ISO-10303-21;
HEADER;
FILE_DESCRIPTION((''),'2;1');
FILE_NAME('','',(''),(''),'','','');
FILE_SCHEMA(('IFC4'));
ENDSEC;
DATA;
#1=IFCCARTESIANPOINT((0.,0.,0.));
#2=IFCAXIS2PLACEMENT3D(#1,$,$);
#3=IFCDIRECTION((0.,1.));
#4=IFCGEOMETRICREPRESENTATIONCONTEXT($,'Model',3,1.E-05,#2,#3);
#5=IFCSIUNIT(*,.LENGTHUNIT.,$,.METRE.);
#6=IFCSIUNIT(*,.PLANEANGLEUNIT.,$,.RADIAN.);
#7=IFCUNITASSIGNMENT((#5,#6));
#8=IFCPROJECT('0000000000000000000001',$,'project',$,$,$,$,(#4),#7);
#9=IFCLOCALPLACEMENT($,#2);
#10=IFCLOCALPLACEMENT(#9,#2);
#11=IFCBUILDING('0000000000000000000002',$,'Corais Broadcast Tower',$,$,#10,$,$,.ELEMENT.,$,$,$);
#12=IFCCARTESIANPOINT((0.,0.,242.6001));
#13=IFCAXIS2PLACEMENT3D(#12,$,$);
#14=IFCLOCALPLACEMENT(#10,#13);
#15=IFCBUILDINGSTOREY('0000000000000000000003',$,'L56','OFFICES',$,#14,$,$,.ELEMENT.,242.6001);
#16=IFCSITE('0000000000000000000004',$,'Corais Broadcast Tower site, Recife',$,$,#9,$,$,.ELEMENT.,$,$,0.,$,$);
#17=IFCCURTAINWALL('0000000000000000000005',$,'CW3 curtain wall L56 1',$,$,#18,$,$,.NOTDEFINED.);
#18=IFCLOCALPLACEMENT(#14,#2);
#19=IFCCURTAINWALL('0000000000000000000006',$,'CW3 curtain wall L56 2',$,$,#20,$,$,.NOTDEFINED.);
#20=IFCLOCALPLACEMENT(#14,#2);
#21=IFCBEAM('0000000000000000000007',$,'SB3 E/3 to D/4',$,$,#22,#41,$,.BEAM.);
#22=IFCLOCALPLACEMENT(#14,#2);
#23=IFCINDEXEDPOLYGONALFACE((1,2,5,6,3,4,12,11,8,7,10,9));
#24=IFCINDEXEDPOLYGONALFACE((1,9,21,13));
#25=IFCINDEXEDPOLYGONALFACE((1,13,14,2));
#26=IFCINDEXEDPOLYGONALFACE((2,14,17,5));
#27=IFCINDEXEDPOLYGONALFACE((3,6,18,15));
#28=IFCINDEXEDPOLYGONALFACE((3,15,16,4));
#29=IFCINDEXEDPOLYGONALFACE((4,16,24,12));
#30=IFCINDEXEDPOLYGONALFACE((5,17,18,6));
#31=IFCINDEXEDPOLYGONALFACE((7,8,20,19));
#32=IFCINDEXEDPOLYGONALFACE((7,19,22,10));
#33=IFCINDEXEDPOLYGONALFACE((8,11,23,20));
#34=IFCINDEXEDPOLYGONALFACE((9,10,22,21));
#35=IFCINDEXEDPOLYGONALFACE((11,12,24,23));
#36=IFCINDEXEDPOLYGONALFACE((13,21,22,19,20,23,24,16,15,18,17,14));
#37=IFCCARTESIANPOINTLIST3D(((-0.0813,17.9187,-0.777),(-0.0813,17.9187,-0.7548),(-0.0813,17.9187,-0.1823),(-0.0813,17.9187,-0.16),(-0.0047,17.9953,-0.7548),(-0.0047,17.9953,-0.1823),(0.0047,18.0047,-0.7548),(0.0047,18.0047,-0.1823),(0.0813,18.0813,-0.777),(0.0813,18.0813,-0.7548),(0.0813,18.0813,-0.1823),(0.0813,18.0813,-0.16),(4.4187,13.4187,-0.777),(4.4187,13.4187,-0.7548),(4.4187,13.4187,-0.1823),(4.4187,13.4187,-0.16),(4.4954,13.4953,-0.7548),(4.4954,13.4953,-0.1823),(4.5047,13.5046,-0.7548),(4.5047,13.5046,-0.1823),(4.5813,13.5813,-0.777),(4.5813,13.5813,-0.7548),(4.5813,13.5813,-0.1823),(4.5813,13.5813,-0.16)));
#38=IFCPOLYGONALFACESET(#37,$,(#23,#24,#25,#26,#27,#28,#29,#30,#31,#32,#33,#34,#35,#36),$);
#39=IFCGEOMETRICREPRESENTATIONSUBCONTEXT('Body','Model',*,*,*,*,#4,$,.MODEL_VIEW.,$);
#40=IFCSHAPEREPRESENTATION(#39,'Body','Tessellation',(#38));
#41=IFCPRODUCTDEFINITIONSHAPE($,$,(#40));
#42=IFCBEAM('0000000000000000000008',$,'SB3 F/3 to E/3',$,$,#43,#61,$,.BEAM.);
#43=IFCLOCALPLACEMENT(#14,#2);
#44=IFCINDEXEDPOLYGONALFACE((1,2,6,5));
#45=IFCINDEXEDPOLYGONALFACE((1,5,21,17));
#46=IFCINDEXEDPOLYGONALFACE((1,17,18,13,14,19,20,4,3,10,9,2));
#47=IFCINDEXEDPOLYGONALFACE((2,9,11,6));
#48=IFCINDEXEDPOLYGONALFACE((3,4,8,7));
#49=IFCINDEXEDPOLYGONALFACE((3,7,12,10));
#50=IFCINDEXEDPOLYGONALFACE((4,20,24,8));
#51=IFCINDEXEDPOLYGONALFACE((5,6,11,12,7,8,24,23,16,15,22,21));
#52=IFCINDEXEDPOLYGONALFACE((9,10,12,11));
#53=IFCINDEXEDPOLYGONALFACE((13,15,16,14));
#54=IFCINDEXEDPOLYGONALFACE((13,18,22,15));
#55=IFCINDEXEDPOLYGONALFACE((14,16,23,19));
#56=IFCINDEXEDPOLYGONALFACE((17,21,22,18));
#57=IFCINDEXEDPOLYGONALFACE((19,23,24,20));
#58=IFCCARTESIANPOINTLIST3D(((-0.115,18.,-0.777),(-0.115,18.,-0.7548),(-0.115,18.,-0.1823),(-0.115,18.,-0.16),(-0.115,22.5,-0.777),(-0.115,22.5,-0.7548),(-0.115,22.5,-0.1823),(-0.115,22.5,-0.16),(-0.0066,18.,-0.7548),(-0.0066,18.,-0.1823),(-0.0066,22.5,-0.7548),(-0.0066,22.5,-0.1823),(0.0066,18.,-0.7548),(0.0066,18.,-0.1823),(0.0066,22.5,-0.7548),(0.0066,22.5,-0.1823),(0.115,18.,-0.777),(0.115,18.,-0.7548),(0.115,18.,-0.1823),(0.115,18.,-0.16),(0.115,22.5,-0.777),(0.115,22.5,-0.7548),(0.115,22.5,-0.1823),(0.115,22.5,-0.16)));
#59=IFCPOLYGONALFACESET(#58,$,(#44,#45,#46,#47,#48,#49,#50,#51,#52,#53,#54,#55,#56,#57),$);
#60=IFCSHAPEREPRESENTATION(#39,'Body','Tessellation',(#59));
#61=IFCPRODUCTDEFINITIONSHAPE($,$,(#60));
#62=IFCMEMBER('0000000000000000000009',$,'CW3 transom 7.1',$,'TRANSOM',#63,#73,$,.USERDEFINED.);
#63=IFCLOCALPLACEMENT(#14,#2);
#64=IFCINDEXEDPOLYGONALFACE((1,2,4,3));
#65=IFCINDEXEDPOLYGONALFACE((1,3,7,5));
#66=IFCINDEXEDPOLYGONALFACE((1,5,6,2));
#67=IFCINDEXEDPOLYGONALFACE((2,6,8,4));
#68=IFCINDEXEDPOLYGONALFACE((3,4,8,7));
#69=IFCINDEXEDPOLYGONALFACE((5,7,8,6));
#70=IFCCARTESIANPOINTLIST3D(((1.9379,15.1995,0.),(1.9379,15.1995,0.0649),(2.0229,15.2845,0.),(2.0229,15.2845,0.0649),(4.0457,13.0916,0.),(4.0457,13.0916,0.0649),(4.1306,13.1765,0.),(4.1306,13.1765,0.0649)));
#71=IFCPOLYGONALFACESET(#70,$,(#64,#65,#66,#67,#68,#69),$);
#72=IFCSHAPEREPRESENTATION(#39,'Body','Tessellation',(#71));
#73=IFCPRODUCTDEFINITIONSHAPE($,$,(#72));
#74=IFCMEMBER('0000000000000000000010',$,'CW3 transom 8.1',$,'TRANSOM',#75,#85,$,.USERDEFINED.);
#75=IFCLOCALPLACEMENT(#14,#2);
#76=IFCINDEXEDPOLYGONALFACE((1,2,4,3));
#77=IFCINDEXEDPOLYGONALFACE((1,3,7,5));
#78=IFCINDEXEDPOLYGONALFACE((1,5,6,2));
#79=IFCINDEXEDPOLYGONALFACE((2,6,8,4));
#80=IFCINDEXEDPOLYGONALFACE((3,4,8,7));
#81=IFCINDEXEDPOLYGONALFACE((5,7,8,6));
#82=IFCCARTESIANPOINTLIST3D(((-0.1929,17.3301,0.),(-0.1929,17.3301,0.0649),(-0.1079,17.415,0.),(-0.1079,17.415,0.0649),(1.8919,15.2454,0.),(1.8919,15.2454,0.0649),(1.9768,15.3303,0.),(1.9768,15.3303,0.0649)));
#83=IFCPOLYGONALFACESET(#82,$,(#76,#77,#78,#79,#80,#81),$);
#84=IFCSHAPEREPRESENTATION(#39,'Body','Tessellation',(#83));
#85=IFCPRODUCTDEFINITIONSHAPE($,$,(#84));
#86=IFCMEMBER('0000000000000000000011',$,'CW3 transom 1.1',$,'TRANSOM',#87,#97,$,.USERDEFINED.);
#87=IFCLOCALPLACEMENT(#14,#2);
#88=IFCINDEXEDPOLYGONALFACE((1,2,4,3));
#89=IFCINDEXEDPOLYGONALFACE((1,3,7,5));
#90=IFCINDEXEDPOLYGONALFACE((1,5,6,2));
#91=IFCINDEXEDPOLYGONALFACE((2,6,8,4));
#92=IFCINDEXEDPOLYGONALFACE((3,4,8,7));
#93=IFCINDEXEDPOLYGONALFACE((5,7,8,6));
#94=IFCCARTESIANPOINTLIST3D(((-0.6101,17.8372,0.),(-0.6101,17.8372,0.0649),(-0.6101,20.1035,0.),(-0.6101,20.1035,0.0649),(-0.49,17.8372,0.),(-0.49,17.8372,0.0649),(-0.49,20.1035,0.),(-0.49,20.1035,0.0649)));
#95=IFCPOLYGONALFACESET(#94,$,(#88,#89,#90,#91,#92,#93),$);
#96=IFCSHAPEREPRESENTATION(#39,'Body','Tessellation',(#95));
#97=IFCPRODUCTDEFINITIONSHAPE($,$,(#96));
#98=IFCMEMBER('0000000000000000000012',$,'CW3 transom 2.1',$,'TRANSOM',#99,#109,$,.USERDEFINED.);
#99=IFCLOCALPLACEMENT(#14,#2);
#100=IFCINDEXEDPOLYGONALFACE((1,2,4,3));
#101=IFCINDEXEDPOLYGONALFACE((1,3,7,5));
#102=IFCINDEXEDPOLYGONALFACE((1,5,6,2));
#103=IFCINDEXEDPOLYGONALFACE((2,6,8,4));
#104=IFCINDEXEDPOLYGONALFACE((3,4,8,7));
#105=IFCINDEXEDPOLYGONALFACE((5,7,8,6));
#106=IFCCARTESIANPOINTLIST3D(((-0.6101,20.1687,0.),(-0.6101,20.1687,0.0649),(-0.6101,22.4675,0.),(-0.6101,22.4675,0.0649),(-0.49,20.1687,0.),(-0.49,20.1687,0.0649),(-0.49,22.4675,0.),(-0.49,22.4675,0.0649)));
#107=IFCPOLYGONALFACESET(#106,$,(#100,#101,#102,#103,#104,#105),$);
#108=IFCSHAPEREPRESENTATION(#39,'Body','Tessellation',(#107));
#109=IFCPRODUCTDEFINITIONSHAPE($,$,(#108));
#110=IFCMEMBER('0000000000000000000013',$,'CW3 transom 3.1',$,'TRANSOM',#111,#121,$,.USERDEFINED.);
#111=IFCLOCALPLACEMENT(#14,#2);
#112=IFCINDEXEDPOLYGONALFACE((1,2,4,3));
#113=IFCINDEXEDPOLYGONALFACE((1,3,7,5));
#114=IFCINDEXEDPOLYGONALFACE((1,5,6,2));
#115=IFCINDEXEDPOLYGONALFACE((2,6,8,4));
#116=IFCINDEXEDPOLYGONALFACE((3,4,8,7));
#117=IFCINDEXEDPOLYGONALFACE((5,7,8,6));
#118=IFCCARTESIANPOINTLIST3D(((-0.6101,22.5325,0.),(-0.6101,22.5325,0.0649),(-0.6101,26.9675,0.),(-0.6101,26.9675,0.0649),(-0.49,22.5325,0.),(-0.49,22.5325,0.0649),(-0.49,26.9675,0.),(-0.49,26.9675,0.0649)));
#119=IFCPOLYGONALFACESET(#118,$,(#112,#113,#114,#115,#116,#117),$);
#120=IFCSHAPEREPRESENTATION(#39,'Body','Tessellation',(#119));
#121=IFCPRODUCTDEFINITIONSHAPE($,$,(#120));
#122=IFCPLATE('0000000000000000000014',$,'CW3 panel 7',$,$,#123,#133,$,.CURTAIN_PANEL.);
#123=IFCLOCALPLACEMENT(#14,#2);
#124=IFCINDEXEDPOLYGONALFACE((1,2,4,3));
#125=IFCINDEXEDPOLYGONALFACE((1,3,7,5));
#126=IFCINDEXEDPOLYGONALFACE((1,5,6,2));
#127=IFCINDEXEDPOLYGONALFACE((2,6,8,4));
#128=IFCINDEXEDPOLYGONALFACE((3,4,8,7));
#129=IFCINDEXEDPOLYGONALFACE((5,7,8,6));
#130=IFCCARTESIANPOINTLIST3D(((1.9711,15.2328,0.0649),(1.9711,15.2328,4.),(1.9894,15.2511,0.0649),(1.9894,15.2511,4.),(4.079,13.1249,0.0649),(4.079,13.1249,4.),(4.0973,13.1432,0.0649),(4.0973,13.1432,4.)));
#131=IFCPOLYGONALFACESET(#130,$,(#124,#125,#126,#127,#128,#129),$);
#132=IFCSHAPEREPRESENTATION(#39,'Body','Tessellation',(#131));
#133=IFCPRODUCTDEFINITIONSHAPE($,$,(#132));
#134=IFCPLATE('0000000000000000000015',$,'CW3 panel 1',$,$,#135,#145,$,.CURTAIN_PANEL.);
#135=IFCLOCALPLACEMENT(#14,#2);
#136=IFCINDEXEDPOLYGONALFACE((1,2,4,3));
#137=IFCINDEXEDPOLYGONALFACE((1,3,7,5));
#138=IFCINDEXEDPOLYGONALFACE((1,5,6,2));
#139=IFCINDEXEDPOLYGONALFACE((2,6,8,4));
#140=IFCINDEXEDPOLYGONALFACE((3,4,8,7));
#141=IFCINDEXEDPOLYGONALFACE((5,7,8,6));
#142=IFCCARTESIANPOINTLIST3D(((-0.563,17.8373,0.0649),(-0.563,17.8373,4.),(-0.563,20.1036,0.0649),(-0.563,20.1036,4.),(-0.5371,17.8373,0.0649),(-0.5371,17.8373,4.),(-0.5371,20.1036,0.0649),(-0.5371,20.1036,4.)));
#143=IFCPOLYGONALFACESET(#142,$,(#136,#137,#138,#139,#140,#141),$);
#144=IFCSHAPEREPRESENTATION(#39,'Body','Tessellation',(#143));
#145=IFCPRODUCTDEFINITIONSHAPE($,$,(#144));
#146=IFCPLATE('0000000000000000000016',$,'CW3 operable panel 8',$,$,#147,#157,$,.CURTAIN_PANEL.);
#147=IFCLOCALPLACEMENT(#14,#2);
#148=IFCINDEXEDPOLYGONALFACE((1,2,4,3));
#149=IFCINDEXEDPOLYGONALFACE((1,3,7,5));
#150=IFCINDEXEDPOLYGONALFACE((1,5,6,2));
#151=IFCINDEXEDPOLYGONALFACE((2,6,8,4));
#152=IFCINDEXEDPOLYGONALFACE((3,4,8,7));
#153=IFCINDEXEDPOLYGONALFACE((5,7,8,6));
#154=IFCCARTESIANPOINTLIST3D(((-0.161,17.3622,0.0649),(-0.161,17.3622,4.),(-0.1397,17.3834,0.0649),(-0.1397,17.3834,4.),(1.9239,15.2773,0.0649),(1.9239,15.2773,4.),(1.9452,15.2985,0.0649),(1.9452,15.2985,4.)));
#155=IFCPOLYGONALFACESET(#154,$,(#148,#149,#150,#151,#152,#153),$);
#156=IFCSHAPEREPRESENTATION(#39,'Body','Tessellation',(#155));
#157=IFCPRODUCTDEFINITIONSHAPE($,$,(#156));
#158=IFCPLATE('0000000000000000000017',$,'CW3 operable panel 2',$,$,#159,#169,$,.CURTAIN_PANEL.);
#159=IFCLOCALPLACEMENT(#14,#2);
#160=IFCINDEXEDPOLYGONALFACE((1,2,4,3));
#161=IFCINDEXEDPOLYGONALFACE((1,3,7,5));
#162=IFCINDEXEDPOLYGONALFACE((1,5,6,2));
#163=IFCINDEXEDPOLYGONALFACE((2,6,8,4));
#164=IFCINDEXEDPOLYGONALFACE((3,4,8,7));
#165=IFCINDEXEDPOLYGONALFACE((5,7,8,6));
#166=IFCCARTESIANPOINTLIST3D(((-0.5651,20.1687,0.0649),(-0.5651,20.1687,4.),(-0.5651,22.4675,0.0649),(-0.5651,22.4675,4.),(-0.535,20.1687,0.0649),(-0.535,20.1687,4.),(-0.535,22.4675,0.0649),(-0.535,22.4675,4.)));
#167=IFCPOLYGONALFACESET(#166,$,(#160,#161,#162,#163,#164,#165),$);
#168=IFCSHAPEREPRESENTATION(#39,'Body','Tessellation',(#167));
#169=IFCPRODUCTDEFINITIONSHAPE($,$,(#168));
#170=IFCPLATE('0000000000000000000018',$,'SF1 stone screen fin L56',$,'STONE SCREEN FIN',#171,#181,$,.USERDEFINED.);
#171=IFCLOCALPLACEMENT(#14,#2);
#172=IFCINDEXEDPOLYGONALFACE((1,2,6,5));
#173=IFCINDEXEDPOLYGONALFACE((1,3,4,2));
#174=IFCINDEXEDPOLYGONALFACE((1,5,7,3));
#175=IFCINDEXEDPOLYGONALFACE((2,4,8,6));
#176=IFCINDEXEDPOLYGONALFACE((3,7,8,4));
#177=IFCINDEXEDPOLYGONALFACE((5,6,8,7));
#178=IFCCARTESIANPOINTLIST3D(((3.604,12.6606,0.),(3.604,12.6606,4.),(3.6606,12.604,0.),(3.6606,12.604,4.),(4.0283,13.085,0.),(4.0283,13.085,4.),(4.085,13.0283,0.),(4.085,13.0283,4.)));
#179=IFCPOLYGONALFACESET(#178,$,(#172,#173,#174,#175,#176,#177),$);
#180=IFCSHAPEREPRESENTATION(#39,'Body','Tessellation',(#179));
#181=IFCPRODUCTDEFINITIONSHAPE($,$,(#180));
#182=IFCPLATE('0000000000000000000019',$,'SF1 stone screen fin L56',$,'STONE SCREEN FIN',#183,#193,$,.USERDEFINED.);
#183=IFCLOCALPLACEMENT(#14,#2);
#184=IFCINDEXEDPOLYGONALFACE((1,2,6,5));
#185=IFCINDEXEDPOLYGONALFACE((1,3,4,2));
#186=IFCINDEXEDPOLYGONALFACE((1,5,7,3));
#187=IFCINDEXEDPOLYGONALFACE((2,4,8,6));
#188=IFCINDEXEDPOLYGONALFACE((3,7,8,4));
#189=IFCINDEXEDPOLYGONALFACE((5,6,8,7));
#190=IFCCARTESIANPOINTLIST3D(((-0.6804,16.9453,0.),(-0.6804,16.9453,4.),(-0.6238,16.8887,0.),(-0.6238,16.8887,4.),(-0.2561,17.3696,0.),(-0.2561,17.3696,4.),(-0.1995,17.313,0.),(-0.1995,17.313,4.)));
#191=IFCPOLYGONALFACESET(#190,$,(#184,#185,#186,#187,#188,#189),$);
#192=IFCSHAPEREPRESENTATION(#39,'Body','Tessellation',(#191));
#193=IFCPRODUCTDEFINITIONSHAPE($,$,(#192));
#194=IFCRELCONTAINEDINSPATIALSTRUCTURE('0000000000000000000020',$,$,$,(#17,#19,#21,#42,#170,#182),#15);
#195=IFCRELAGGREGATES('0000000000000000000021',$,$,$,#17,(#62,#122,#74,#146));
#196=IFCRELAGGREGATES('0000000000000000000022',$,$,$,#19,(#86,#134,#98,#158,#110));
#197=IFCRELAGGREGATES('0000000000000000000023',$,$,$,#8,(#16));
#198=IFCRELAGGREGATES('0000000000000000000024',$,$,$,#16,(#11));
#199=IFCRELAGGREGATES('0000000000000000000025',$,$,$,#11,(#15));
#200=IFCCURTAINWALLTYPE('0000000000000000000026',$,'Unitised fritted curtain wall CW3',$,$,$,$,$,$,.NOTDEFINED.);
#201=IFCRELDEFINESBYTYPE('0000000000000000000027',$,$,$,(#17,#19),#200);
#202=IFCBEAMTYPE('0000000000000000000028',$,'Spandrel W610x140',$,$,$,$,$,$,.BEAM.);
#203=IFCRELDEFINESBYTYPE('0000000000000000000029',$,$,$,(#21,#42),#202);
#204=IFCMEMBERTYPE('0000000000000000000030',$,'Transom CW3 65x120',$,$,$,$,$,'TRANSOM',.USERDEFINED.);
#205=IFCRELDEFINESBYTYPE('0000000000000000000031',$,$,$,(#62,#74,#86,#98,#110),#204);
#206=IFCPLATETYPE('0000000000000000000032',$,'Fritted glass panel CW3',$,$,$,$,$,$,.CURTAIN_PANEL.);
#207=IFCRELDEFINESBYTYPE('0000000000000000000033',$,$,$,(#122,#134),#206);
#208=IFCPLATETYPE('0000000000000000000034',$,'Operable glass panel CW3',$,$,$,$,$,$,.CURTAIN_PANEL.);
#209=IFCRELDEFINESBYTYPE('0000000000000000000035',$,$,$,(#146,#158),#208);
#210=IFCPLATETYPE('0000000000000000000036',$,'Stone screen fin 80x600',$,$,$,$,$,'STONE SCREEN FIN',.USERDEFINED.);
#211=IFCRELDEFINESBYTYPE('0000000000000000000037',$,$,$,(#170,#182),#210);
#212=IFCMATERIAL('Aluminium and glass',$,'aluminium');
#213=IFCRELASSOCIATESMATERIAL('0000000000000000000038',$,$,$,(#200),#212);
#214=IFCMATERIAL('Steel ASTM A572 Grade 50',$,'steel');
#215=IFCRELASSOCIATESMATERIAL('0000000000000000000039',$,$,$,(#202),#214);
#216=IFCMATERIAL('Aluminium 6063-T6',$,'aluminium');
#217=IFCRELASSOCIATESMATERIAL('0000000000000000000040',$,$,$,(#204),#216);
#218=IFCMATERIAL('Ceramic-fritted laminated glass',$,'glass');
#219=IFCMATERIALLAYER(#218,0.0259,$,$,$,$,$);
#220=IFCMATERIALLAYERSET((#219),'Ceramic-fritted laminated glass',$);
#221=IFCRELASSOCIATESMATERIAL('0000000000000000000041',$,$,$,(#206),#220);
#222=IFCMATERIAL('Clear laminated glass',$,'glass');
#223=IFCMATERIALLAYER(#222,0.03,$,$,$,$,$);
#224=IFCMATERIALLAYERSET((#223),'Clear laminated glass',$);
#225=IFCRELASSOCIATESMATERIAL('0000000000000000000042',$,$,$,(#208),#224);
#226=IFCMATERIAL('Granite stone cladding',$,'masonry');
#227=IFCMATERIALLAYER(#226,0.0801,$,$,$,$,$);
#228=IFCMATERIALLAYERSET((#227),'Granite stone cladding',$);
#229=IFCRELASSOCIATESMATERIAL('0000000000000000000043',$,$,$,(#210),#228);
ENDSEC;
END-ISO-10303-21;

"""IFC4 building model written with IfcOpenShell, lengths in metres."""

from ifc_helpers import new_model, si_unit, direction, frame, origin, origin_2d, place, context, subcontext, project, spatial, rectangle, i_section, extrude, material, layer, layer_set, material_profile, profile_set, type_object, element, aggregate, save


model = new_model("IFC4")

# Units and contexts
model_context = context("Model", 3, precision=1e-05, world=origin(), true_north=direction((0.0, 1.0)))
body_context = subcontext(model_context, "Body", "Model", "MODEL_VIEW")
ifc_project = project(units=[si_unit("LENGTHUNIT", "METRE"), si_unit("PLANEANGLEUNIT", "RADIAN")], contexts=[model_context])

# Site, building, storey
site_placement = place(None, origin())
site = spatial("IfcSite", under=ifc_project, at=site_placement, Name="Corais Broadcast Tower site, Recife", CompositionType="ELEMENT", RefElevation=0.0)
building_placement = place(site_placement, origin())
building = spatial("IfcBuilding", under=site, at=building_placement, Name="Corais Broadcast Tower", CompositionType="ELEMENT")
storey_placement = place(building_placement, frame((0.0, 0.0, 242.6001)))
storey = spatial("IfcBuildingStorey", under=building, at=storey_placement, Name="L56", Description="OFFICES", CompositionType="ELEMENT", Elevation=242.6001)

# Curtain walls
ifc_material_1 = material(Name="Aluminium and glass", Category="aluminium")
curtain_wall_type = type_object("IfcCurtainWallType", Name="Unitised fritted curtain wall CW3", PredefinedType="NOTDEFINED", material=ifc_material_1)
curtain_wall_1_placement = place(storey_placement, origin())
curtain_wall_1 = element("IfcCurtainWall", 1, at=curtain_wall_1_placement, inside=storey, type_object=curtain_wall_type, Name="CW3 curtain wall L56 1", PredefinedType="NOTDEFINED")
curtain_wall_2_placement = place(storey_placement, origin())
curtain_wall_2 = element("IfcCurtainWall", 2, at=curtain_wall_2_placement, inside=storey, type_object=curtain_wall_type, Name="CW3 curtain wall L56 2", PredefinedType="NOTDEFINED")

# Beams
ifc_material_2 = material(Name="Steel ASTM A572 Grade 50", Category="steel")
ifc_material_profile_1 = material_profile(ifc_material_2, i_section(OverallWidth=0.23, OverallDepth=0.6169, WebThickness=0.0132, FlangeThickness=0.0222, at=origin_2d()), Name="W610x140")
ifc_profile_set_1 = profile_set([ifc_material_profile_1], Name="Steel ASTM A572 Grade 50")
beam_type_1 = type_object("IfcBeamType", Name="Spandrel W610x140", PredefinedType="BEAM", material=ifc_profile_set_1)
beam_1_placement = place(storey_placement, frame((0.0, 18.0, -0.4685), z_axis=(0.707107, -0.707107, 0.0), x_axis=(0.707107, 0.707107, 0.0)))
element("IfcBeam", 3, at=beam_1_placement, inside=storey, type_object=beam_type_1, Name="SB3 E/3 to D/4", PredefinedType="BEAM", context=body_context, shape_type="SweptSolid", body=[
    extrude(i_section(OverallWidth=0.23, OverallDepth=0.6169, WebThickness=0.0132, FlangeThickness=0.0222, at=origin_2d()), origin(), (0.0, 0.0, 1.0), 6.364),
])
beam_2_placement = place(storey_placement, frame((0.0, 22.5, -0.4685), z_axis=(0.0, -1.0, 0.0), x_axis=(1.0, 0.0, 0.0)))
element("IfcBeam", 4, at=beam_2_placement, inside=storey, type_object=beam_type_1, Name="SB3 F/3 to E/3", PredefinedType="BEAM", context=body_context, shape_type="SweptSolid", body=[
    extrude(i_section(OverallWidth=0.23, OverallDepth=0.6169, WebThickness=0.0132, FlangeThickness=0.0222, at=origin_2d()), origin(), (0.0, 0.0, 1.0), 4.5),
])

# Members
ifc_material_3 = material(Name="Aluminium 6063-T6", Category="aluminium")
ifc_material_profile_2 = material_profile(ifc_material_3, rectangle(XDim=0.1201, YDim=0.0649, at=origin_2d()), Name="Transom CW3 65x120")
ifc_profile_set_2 = profile_set([ifc_material_profile_2], Name="Aluminium 6063-T6")
member_type_1 = type_object("IfcMemberType", Name="Transom CW3 65x120", ElementType="TRANSOM", PredefinedType="USERDEFINED", material=ifc_profile_set_2)
member_1_placement = place(storey_placement, frame((4.0881, 13.134, 0.0325), z_axis=(-0.707066, 0.707148, 0.0), x_axis=(-0.707148, -0.707066, 0.0)))
member_1 = element("IfcMember", 5, at=member_1_placement, type_object=member_type_1, Name="CW3 transom 7.1", ObjectType="TRANSOM", PredefinedType="USERDEFINED", context=body_context, shape_type="SweptSolid", body=[
    extrude(rectangle(XDim=0.1201, YDim=0.0649, at=origin_2d()), origin(), (0.0, 0.0, 1.0), 2.981),
])
member_2_placement = place(storey_placement, frame((1.9343, 15.2878, 0.0325), z_axis=(-0.707107, 0.707107, 0.0), x_axis=(-0.707107, -0.707107, 0.0)))
member_2 = element("IfcMember", 6, at=member_2_placement, type_object=member_type_1, Name="CW3 transom 8.1", ObjectType="TRANSOM", PredefinedType="USERDEFINED", context=body_context, shape_type="SweptSolid", body=[
    extrude(rectangle(XDim=0.1201, YDim=0.0649, at=origin_2d()), origin(), (0.0, 0.0, 1.0), 2.9482),
])
member_3_placement = place(storey_placement, frame((-0.55, 17.8372, 0.0325), z_axis=(0.0, 1.0, 0.0), x_axis=(-1.0, 0.0, 0.0)))
member_3 = element("IfcMember", 7, at=member_3_placement, type_object=member_type_1, Name="CW3 transom 1.1", ObjectType="TRANSOM", PredefinedType="USERDEFINED", context=body_context, shape_type="SweptSolid", body=[
    extrude(rectangle(XDim=0.1201, YDim=0.0649, at=origin_2d()), origin(), (0.0, 0.0, 1.0), 2.2664),
])
member_4_placement = place(storey_placement, frame((-0.55, 20.1687, 0.0325), z_axis=(0.0, 1.0, 0.0), x_axis=(-1.0, 0.0, 0.0)))
member_4 = element("IfcMember", 8, at=member_4_placement, type_object=member_type_1, Name="CW3 transom 2.1", ObjectType="TRANSOM", PredefinedType="USERDEFINED", context=body_context, shape_type="SweptSolid", body=[
    extrude(rectangle(XDim=0.1201, YDim=0.0649, at=origin_2d()), origin(), (0.0, 0.0, 1.0), 2.2988),
])
member_5_placement = place(storey_placement, frame((-0.55, 22.5325, 0.0325), z_axis=(0.0, 1.0, 0.0), x_axis=(-1.0, 0.0, 0.0)))
member_5 = element("IfcMember", 9, at=member_5_placement, type_object=member_type_1, Name="CW3 transom 3.1", ObjectType="TRANSOM", PredefinedType="USERDEFINED", context=body_context, shape_type="SweptSolid", body=[
    extrude(rectangle(XDim=0.1201, YDim=0.0649, at=origin_2d()), origin(), (0.0, 0.0, 1.0), 4.4351),
])

# Plates
ifc_material_4 = material(Name="Ceramic-fritted laminated glass", Category="glass")
ifc_layer_1 = layer(ifc_material_4, 0.0259)
ifc_layer_set_1 = layer_set([ifc_layer_1], Name="Ceramic-fritted laminated glass")
plate_type_1 = type_object("IfcPlateType", Name="Fritted glass panel CW3", PredefinedType="CURTAIN_PANEL", material=ifc_layer_set_1)
plate_1_placement = place(storey_placement, frame((3.0342, 14.188, 0.0649), z_axis=(0.0, 0.0, 1.0), x_axis=(-0.707107, 0.707107, 0.0)))
plate_1 = element("IfcPlate", 10, at=plate_1_placement, type_object=plate_type_1, Name="CW3 panel 7", PredefinedType="CURTAIN_PANEL", context=body_context, shape_type="SweptSolid", body=[
    extrude(rectangle(XDim=2.981, YDim=0.0259, at=origin_2d()), origin(), (0.0, 0.0, 1.0), 3.9351),
])
plate_2_placement = place(storey_placement, frame((-0.55, 18.9705, 0.0649), z_axis=(0.0, 0.0, 1.0), x_axis=(0.0, 1.0, 0.0)))
plate_2 = element("IfcPlate", 11, at=plate_2_placement, type_object=plate_type_1, Name="CW3 panel 1", PredefinedType="CURTAIN_PANEL", context=body_context, shape_type="SweptSolid", body=[
    extrude(rectangle(XDim=2.2664, YDim=0.0259, at=origin_2d()), origin(), (0.0, 0.0, 1.0), 3.9351),
])
ifc_material_5 = material(Name="Clear laminated glass", Category="glass")
ifc_layer_2 = layer(ifc_material_5, 0.03)
ifc_layer_set_2 = layer_set([ifc_layer_2], Name="Clear laminated glass")
plate_type_2 = type_object("IfcPlateType", Name="Operable glass panel CW3", PredefinedType="CURTAIN_PANEL", material=ifc_layer_set_2)
plate_3_placement = place(storey_placement, frame((0.8921, 16.3303, 0.0649), z_axis=(0.0, 0.0, 1.0), x_axis=(-0.707107, 0.707107, 0.0)))
plate_3 = element("IfcPlate", 12, at=plate_3_placement, type_object=plate_type_2, Name="CW3 operable panel 8", PredefinedType="CURTAIN_PANEL", context=body_context, shape_type="SweptSolid", body=[
    extrude(rectangle(XDim=2.9485, YDim=0.03, at=origin_2d()), origin(), (0.0, 0.0, 1.0), 3.9351),
])
aggregate(curtain_wall_1, [member_1, plate_1, member_2, plate_3])
plate_4_placement = place(storey_placement, frame((-0.55, 21.3181, 0.0649), z_axis=(0.0, 0.0, 1.0), x_axis=(0.0, 1.0, 0.0)))
plate_4 = element("IfcPlate", 13, at=plate_4_placement, type_object=plate_type_2, Name="CW3 operable panel 2", PredefinedType="CURTAIN_PANEL", context=body_context, shape_type="SweptSolid", body=[
    extrude(rectangle(XDim=2.2988, YDim=0.03, at=origin_2d()), origin(), (0.0, 0.0, 1.0), 3.9351),
])
aggregate(curtain_wall_2, [member_3, plate_2, member_4, plate_4, member_5])

# Plates
ifc_material_6 = material(Name="Granite stone cladding", Category="masonry")
ifc_layer_3 = layer(ifc_material_6, 0.0801)
ifc_layer_set_3 = layer_set([ifc_layer_3], Name="Granite stone cladding")
plate_type_3 = type_object("IfcPlateType", Name="Stone screen fin 80x600", ElementType="STONE SCREEN FIN", PredefinedType="USERDEFINED", material=ifc_layer_set_3)
for number, where, z_axis, x_axis, name in (
    (14, (3.8445, 12.8445, 0.0), (0.0, 0.0, 1.0), (-0.707107, 0.707107, 0.0), "SF1 stone screen fin L56"),
    (15, (-0.4399, 17.1292, 0.0), (0.0, 0.0, 1.0), (-0.707107, 0.707107, 0.0), "SF1 stone screen fin L56"),
):
    element("IfcPlate", number, at=place(storey_placement, frame(where, z_axis=z_axis, x_axis=x_axis)), inside=storey, type_object=plate_type_3, Name=name, ObjectType="STONE SCREEN FIN", PredefinedType="USERDEFINED", context=body_context, shape_type="SweptSolid", body=[
        extrude(rectangle(XDim=0.0801, YDim=0.6001, at=origin_2d()), origin(), (0.0, 0.0, 1.0), 4.0),
    ])

save(model, "model.ifc")
